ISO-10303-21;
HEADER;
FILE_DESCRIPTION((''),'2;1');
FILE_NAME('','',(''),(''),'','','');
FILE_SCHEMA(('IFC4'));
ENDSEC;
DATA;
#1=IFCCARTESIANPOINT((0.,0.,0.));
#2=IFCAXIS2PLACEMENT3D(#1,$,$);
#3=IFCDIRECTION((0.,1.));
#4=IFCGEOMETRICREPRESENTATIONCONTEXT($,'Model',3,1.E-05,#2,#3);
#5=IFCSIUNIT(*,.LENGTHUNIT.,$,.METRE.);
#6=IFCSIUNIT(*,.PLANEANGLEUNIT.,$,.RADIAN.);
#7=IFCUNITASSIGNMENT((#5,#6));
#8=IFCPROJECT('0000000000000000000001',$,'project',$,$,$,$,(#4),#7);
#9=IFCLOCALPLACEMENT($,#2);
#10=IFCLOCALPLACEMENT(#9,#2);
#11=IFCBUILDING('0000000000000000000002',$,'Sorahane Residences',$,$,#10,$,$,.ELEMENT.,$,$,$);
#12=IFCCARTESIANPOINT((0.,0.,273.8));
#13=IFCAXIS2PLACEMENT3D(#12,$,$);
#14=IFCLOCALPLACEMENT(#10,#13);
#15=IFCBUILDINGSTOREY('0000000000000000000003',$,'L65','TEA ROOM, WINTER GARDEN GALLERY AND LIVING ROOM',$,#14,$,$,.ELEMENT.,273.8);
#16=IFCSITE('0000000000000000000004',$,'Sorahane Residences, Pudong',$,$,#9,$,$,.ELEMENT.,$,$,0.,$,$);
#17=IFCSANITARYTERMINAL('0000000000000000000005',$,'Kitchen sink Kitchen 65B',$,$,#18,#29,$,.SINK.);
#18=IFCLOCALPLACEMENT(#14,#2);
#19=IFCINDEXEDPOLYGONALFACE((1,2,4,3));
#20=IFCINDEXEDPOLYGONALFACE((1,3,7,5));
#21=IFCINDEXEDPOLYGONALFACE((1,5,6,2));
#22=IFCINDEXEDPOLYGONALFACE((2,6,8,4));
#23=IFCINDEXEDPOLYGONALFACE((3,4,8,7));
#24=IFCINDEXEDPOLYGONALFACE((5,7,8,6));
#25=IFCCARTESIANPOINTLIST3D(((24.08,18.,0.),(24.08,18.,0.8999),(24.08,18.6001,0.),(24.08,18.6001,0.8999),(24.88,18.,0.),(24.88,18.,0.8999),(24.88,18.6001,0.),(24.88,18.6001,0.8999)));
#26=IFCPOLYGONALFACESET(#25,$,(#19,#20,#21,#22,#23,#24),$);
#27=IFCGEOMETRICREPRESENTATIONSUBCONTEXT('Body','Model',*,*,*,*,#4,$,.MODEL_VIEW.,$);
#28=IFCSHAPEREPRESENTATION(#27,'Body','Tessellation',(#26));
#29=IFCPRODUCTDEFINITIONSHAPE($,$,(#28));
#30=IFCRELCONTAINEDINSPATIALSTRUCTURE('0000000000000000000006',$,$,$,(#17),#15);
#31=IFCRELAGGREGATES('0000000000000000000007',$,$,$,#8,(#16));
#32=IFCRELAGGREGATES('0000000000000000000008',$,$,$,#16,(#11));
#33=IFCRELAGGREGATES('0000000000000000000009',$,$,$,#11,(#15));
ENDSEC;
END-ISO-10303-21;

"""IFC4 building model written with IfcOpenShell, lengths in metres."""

from ifc_helpers import new_model, si_unit, direction, frame, origin, origin_2d, place, context, subcontext, project, spatial, rectangle, extrude, element, save


model = new_model("IFC4")

# Units and contexts
model_context = context("Model", 3, precision=1e-05, world=origin(), true_north=direction((0.0, 1.0)))
body_context = subcontext(model_context, "Body", "Model", "MODEL_VIEW")
ifc_project = project(units=[si_unit("LENGTHUNIT", "METRE"), si_unit("PLANEANGLEUNIT", "RADIAN")], contexts=[model_context])

# Site, building, storey
site_placement = place(None, origin())
site = spatial("IfcSite", under=ifc_project, at=site_placement, Name="Sorahane Residences, Pudong", CompositionType="ELEMENT", RefElevation=0.0)
building_placement = place(site_placement, origin())
building = spatial("IfcBuilding", under=site, at=building_placement, Name="Sorahane Residences", CompositionType="ELEMENT")
storey_placement = place(building_placement, frame((0.0, 0.0, 273.8)))
storey = spatial("IfcBuildingStorey", under=building, at=storey_placement, Name="L65", Description="TEA ROOM, WINTER GARDEN GALLERY AND LIVING ROOM", CompositionType="ELEMENT", Elevation=273.8)

# Sanitary terminal
sanitary_terminal_1_placement = place(storey_placement, frame((24.48, 18.3, 0.0), z_axis=(0.0, 0.0, 1.0), x_axis=(1.0, 0.0, 0.0)))
element("IfcSanitaryTerminal", 1, at=sanitary_terminal_1_placement, inside=storey, Name="Kitchen sink Kitchen 65B", PredefinedType="SINK", context=body_context, shape_type="SweptSolid", body=[
    extrude(rectangle(XDim=0.8, YDim=0.6001, at=origin_2d()), origin(), (0.0, 0.0, 1.0), 0.8999),
])

save(model, "model.ifc")
